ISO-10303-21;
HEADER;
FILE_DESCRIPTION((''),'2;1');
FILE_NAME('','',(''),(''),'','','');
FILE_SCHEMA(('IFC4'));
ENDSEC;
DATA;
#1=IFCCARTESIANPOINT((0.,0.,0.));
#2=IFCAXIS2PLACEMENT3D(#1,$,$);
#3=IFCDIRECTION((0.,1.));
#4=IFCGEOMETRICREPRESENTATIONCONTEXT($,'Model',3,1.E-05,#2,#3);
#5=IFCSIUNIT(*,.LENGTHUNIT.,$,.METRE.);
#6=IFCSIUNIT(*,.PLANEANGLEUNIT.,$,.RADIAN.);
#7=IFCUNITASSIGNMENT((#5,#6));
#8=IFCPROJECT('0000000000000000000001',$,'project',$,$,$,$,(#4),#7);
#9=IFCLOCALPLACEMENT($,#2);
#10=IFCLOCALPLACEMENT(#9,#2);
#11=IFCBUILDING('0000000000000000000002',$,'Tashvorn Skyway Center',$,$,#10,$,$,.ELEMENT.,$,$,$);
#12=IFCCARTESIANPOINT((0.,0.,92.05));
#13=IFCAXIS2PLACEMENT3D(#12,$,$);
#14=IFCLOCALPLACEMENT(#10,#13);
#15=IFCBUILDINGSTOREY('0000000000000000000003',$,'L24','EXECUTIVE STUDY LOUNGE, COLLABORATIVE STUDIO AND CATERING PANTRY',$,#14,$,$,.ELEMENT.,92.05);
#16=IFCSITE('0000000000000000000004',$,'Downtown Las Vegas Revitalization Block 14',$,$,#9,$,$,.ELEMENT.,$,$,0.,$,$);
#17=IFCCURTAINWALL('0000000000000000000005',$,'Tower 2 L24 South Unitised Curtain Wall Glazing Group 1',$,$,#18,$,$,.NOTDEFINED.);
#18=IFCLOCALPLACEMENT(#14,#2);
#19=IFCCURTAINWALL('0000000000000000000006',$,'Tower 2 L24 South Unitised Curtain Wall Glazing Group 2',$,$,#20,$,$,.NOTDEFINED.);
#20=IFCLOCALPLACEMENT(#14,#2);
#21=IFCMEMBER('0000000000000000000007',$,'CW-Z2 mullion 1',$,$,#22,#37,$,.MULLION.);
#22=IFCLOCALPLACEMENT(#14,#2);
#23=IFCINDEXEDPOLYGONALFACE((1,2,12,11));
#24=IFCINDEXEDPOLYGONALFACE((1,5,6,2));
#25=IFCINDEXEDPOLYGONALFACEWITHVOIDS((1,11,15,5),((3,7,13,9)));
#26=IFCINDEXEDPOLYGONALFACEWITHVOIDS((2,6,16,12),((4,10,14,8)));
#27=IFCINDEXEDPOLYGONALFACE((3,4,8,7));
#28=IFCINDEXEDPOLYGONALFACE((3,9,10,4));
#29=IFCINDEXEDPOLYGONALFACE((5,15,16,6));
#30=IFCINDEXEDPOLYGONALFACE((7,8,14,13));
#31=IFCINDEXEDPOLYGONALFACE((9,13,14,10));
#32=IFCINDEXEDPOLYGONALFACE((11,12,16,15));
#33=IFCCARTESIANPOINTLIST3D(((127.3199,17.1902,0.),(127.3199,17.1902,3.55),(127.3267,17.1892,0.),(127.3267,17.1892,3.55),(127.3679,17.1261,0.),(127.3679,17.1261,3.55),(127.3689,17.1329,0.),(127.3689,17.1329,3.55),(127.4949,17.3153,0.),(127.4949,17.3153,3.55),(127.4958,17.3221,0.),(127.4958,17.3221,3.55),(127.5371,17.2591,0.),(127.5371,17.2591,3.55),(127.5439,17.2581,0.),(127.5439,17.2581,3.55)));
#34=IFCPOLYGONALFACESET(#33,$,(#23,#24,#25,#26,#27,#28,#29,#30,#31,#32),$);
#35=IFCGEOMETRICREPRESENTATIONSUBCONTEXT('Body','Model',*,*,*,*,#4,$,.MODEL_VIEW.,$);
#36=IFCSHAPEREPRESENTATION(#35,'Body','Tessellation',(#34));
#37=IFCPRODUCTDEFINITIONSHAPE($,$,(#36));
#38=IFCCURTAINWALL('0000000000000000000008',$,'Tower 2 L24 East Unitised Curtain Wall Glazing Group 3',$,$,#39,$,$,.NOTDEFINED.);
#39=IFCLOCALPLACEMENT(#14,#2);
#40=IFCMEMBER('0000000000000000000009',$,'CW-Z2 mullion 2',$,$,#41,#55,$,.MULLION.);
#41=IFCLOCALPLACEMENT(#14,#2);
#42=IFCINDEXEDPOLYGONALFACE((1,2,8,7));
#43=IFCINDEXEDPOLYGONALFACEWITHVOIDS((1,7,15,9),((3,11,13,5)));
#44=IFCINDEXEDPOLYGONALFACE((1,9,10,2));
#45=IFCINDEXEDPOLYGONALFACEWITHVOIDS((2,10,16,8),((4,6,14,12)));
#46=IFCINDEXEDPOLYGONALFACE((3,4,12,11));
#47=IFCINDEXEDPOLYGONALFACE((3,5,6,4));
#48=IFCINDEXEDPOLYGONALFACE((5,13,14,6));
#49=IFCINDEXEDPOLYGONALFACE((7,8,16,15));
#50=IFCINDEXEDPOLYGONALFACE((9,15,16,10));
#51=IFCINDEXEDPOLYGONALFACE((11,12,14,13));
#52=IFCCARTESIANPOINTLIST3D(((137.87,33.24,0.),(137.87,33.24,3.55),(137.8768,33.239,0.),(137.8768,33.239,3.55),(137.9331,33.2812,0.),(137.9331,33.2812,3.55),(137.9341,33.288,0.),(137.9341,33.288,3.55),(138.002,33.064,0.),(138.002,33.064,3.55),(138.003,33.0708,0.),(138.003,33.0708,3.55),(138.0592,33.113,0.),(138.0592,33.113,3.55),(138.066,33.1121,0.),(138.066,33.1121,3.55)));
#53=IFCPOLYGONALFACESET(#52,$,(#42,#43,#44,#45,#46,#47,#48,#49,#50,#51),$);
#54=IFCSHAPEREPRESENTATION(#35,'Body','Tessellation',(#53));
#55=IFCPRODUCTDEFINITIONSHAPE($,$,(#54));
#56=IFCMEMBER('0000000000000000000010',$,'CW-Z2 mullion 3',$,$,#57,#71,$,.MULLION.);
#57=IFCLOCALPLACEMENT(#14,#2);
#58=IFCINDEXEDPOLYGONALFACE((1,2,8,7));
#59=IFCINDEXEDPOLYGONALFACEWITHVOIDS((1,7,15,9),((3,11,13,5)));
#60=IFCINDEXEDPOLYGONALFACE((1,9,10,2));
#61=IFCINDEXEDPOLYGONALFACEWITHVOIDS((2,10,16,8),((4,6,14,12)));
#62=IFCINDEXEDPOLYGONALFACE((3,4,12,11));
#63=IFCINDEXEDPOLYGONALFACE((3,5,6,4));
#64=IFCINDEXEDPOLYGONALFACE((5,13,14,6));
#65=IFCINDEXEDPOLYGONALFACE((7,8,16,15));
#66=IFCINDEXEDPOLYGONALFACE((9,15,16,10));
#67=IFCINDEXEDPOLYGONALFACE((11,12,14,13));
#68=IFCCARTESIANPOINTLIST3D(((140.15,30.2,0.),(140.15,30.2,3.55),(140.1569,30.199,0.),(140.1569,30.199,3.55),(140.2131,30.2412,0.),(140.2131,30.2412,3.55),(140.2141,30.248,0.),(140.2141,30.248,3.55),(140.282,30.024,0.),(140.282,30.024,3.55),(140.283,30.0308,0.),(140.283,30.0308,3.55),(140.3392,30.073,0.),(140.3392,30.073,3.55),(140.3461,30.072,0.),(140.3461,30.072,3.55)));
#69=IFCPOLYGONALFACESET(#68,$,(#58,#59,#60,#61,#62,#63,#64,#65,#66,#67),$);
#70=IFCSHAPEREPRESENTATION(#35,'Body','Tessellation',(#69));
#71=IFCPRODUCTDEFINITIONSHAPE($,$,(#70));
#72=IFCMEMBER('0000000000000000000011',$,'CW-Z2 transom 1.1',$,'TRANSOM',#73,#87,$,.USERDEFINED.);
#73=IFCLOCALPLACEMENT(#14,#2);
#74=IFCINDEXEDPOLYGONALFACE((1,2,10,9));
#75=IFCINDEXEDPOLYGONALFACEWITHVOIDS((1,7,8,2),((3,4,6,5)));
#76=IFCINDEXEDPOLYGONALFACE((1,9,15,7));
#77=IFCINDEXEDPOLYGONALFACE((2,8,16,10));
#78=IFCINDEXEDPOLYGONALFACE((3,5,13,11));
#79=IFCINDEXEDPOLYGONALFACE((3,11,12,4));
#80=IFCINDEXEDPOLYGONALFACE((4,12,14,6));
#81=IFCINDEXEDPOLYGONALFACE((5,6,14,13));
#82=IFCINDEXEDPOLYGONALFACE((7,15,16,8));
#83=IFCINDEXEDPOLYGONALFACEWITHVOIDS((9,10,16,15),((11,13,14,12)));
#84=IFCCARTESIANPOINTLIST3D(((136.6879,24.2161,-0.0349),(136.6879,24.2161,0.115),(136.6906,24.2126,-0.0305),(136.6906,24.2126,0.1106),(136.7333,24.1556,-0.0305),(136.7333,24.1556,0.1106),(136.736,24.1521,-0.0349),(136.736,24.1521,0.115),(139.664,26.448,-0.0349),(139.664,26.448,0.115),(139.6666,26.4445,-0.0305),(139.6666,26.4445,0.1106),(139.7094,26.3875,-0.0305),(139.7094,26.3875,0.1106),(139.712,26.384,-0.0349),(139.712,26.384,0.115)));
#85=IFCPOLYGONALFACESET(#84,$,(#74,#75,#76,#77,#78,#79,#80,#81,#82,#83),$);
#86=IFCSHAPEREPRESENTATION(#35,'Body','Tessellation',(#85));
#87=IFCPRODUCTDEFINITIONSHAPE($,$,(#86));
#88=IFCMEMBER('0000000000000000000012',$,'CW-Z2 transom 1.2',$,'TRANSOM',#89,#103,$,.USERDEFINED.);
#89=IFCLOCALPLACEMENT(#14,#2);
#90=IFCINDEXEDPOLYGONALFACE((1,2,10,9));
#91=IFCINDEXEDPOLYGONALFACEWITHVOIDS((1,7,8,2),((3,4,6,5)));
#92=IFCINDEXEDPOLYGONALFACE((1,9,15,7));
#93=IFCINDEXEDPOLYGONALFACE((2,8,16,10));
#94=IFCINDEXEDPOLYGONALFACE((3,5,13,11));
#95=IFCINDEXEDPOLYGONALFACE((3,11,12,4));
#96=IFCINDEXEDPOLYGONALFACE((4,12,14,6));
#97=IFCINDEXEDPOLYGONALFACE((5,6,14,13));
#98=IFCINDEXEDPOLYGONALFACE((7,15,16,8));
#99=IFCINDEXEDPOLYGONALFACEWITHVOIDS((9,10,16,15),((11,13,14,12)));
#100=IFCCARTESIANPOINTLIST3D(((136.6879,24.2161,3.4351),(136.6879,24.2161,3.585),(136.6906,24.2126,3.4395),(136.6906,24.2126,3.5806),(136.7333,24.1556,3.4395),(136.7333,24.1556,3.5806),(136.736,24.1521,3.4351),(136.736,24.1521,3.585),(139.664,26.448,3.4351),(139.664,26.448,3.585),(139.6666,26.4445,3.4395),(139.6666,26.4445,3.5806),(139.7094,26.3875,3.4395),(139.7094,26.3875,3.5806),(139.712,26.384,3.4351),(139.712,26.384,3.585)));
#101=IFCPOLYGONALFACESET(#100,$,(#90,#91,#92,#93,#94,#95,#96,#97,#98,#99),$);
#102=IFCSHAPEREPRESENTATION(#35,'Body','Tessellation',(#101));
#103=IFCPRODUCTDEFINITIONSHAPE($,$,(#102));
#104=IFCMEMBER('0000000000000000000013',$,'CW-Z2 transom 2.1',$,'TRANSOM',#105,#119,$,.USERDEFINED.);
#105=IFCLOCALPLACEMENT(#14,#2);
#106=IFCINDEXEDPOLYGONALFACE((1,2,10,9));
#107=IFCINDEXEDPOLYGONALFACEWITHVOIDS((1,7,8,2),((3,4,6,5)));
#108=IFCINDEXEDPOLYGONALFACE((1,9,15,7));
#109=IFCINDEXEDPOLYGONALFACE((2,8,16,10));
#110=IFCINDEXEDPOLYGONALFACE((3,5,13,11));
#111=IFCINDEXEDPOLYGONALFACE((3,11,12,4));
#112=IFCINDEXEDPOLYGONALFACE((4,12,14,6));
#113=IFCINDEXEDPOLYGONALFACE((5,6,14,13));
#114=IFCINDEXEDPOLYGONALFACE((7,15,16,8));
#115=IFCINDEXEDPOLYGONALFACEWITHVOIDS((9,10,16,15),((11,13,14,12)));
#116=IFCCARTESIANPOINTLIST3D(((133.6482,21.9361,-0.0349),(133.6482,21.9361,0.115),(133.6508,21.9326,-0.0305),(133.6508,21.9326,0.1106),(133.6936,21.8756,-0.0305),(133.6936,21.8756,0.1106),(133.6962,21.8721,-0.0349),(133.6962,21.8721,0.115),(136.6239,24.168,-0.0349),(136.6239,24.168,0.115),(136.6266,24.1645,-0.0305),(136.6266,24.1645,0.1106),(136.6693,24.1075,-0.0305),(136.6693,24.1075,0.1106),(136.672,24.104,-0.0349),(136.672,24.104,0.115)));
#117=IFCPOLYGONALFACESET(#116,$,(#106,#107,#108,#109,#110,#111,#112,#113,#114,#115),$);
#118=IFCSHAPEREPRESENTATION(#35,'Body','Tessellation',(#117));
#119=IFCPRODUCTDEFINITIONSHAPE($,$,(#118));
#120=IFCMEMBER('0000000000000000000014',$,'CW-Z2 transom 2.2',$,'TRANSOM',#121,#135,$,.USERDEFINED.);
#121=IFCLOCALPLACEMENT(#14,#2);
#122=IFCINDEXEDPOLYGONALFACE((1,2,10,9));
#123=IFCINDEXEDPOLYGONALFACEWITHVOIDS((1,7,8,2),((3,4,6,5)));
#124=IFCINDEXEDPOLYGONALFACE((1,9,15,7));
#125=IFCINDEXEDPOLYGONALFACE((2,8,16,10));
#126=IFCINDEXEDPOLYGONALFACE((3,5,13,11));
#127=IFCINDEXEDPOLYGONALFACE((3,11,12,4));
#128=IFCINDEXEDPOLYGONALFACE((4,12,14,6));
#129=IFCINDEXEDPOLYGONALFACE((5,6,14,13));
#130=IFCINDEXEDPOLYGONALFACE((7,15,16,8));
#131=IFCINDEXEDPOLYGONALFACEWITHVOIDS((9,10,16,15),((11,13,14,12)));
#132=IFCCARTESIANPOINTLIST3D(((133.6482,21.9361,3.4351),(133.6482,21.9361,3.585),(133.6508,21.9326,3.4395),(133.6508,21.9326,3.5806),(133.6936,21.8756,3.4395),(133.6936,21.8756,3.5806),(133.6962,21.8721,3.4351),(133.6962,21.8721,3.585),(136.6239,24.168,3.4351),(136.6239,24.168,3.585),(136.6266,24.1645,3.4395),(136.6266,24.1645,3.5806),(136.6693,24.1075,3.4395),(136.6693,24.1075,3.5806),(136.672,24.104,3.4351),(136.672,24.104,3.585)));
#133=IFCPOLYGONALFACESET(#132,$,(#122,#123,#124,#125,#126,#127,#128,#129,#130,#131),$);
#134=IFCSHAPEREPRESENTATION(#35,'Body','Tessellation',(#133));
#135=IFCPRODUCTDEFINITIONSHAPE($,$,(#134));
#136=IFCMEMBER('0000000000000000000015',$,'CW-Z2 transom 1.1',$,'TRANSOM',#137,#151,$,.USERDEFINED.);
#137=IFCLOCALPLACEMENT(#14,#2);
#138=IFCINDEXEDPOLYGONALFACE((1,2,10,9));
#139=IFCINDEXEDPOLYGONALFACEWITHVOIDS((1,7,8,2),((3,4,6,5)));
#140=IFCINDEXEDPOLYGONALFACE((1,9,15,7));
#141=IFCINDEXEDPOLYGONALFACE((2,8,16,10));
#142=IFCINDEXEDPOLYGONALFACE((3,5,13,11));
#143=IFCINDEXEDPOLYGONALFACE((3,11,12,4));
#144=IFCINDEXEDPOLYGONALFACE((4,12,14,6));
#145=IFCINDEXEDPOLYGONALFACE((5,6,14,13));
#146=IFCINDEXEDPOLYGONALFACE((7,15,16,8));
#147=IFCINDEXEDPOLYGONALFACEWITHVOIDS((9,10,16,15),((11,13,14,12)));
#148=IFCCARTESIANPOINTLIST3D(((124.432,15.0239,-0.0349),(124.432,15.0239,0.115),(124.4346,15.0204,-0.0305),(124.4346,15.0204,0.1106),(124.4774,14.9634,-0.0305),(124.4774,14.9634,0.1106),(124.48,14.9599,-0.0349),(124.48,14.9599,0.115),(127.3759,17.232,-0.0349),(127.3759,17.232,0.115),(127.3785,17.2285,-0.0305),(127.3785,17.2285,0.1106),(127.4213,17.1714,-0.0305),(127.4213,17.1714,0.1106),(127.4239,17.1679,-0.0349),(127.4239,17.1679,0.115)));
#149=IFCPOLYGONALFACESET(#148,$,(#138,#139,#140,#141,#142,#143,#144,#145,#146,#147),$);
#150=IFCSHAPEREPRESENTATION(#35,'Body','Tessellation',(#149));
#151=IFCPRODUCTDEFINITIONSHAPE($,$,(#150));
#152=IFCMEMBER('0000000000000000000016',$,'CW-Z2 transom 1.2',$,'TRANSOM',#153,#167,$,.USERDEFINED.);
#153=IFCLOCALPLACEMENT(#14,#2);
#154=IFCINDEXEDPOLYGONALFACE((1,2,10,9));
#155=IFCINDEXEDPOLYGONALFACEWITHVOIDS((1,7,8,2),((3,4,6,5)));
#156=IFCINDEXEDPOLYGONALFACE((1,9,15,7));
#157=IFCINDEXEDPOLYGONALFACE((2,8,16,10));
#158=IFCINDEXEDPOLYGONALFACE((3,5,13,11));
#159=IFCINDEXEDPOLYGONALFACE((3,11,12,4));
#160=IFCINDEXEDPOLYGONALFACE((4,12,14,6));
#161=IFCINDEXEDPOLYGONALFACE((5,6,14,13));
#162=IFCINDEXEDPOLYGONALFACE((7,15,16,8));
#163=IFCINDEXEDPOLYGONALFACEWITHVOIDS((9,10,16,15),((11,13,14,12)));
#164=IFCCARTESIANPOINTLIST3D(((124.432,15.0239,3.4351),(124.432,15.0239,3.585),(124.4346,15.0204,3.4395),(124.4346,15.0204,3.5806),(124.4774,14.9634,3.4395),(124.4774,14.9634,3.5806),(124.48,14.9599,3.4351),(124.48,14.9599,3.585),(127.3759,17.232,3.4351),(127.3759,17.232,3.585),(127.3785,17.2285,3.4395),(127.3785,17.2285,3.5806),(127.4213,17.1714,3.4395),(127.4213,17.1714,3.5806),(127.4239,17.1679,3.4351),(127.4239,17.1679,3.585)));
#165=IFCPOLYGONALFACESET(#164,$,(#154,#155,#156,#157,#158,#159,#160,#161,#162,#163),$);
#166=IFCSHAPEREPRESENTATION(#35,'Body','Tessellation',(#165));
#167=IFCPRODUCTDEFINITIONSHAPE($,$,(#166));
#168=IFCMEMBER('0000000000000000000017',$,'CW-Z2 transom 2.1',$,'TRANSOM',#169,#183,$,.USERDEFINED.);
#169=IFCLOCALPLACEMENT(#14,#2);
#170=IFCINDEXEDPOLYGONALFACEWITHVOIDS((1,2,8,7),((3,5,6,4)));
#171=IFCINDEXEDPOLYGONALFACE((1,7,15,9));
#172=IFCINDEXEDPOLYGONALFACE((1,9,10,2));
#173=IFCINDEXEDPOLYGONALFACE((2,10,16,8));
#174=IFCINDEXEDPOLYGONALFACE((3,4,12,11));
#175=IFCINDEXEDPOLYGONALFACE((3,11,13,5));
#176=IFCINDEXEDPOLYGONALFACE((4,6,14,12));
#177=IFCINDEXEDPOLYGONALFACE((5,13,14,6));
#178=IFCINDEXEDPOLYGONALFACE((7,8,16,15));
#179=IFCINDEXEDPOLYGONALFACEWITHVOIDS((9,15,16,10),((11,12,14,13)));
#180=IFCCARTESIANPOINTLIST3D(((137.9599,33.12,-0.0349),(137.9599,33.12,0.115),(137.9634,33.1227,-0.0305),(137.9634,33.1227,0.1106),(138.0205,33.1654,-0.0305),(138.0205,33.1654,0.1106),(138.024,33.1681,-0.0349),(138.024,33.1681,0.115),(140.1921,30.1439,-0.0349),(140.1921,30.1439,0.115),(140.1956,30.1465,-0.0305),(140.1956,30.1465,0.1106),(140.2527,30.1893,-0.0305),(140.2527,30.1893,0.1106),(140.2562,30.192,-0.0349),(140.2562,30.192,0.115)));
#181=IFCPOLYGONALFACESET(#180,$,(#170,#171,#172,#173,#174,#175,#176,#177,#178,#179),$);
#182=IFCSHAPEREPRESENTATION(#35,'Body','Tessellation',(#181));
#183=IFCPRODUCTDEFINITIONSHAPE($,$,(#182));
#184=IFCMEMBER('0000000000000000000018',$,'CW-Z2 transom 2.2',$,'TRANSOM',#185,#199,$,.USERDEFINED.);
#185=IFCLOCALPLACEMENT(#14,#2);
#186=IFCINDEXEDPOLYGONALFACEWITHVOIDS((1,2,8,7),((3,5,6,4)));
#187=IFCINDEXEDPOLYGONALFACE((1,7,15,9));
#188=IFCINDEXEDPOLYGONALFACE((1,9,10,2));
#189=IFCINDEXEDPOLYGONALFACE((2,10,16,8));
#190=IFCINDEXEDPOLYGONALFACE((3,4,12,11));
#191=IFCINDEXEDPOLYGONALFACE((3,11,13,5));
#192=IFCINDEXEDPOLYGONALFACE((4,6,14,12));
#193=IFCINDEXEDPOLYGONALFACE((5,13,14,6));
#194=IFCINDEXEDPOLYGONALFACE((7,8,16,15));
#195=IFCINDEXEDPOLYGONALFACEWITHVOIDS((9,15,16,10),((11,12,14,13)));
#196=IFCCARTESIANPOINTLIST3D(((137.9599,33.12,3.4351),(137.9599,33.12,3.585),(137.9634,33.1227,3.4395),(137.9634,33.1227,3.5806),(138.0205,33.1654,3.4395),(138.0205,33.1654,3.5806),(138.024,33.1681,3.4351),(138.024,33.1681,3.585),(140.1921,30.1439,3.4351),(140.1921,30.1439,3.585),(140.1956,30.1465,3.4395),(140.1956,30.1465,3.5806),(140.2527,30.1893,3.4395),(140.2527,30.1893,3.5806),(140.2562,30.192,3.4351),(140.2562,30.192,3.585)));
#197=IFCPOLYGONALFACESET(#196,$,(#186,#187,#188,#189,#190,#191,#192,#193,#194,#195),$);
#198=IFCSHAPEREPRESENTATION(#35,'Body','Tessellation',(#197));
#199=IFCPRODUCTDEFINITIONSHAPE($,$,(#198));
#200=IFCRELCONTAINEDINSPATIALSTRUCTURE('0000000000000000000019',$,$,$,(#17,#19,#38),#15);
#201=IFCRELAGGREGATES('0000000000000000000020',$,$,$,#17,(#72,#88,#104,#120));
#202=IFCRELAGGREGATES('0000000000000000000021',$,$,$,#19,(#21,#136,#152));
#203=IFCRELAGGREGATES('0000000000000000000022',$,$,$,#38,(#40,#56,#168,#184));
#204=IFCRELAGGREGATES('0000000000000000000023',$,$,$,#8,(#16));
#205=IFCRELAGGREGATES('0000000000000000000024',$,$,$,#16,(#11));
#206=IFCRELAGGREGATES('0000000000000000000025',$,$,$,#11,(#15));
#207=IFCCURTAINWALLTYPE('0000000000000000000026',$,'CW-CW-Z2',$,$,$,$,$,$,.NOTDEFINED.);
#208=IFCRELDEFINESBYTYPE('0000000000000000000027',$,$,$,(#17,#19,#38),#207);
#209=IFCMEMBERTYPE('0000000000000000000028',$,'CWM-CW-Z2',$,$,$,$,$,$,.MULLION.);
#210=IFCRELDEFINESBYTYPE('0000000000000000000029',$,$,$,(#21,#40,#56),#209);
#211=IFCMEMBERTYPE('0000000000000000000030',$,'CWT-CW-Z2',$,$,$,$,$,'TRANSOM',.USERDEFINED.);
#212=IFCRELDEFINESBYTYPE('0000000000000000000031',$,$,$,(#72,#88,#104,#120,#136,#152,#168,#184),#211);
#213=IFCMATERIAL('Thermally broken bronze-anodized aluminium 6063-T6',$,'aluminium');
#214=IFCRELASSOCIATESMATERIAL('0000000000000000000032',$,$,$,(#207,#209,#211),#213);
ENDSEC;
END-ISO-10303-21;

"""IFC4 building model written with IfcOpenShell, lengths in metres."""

from ifc_helpers import new_model, si_unit, direction, frame, origin, origin_2d, place, context, subcontext, project, spatial, hollow_rectangle, extrude, material, material_profile, profile_set, type_object, element, aggregate, save


model = new_model("IFC4")

# Units and contexts
model_context = context("Model", 3, precision=1e-05, world=origin(), true_north=direction((0.0, 1.0)))
body_context = subcontext(model_context, "Body", "Model", "MODEL_VIEW")
ifc_project = project(units=[si_unit("LENGTHUNIT", "METRE"), si_unit("PLANEANGLEUNIT", "RADIAN")], contexts=[model_context])

# Site, building, storey
site_placement = place(None, origin())
site = spatial("IfcSite", under=ifc_project, at=site_placement, Name="Downtown Las Vegas Revitalization Block 14", CompositionType="ELEMENT", RefElevation=0.0)
building_placement = place(site_placement, origin())
building = spatial("IfcBuilding", under=site, at=building_placement, Name="Tashvorn Skyway Center", CompositionType="ELEMENT")
storey_placement = place(building_placement, frame((0.0, 0.0, 92.05)))
storey = spatial("IfcBuildingStorey", under=building, at=storey_placement, Name="L24", Description="EXECUTIVE STUDY LOUNGE, COLLABORATIVE STUDIO AND CATERING PANTRY", CompositionType="ELEMENT", Elevation=92.05)

# Curtain wall
ifc_material_1 = material(Name="Thermally broken bronze-anodized aluminium 6063-T6", Category="aluminium")
curtain_wall_type = type_object("IfcCurtainWallType", Name="CW-CW-Z2", PredefinedType="NOTDEFINED", material=ifc_material_1)
curtain_wall_1_placement = place(storey_placement, origin())
curtain_wall_1 = element("IfcCurtainWall", 1, at=curtain_wall_1_placement, inside=storey, type_object=curtain_wall_type, Name="Tower 2 L24 South Unitised Curtain Wall Glazing Group 1", PredefinedType="NOTDEFINED")
ifc_material_profile_1 = material_profile(ifc_material_1, hollow_rectangle(XDim=0.0801, YDim=0.22, WallThickness=0.0049, at=origin_2d()), Name="ALU-MULL-80x220")
ifc_profile_set_1 = profile_set([ifc_material_profile_1], Name="Thermally broken bronze-anodized aluminium 6063-T6")
member_type_1 = type_object("IfcMemberType", Name="CWM-CW-Z2", PredefinedType="MULLION", material=ifc_profile_set_1)

# Curtain wall, member
curtain_wall_2_placement = place(storey_placement, origin())
curtain_wall_2 = element("IfcCurtainWall", 2, at=curtain_wall_2_placement, inside=storey, type_object=curtain_wall_type, Name="Tower 2 L24 South Unitised Curtain Wall Glazing Group 2", PredefinedType="NOTDEFINED")
member_1_placement = place(storey_placement, frame((127.4319, 17.2241, 0.0), z_axis=(0.0, 0.0, 1.0), x_axis=(0.6, -0.8, 0.0)))
member_1 = element("IfcMember", 3, at=member_1_placement, type_object=member_type_1, Name="CW-Z2 mullion 1", PredefinedType="MULLION", context=body_context, shape_type="SweptSolid", body=[
    extrude(hollow_rectangle(XDim=0.0801, YDim=0.22, WallThickness=0.0049, at=origin_2d()), origin(), (0.0, 0.0, 1.0), 3.55),
])

# Curtain wall, members
curtain_wall_3_placement = place(storey_placement, origin())
curtain_wall_3 = element("IfcCurtainWall", 4, at=curtain_wall_3_placement, inside=storey, type_object=curtain_wall_type, Name="Tower 2 L24 East Unitised Curtain Wall Glazing Group 3", PredefinedType="NOTDEFINED")
member_2_placement = place(storey_placement, frame((137.968, 33.176, 0.0), z_axis=(0.0, 0.0, 1.0), x_axis=(0.8, 0.6, 0.0)))
member_2 = element("IfcMember", 5, at=member_2_placement, type_object=member_type_1, Name="CW-Z2 mullion 2", PredefinedType="MULLION", context=body_context, shape_type="SweptSolid", body=[
    extrude(hollow_rectangle(XDim=0.0801, YDim=0.22, WallThickness=0.0049, at=origin_2d()), origin(), (0.0, 0.0, 1.0), 3.55),
])
member_3_placement = place(storey_placement, frame((140.248, 30.136, 0.0), z_axis=(0.0, 0.0, 1.0), x_axis=(0.8, 0.6, 0.0)))
member_3 = element("IfcMember", 6, at=member_3_placement, type_object=member_type_1, Name="CW-Z2 mullion 3", PredefinedType="MULLION", context=body_context, shape_type="SweptSolid", body=[
    extrude(hollow_rectangle(XDim=0.0801, YDim=0.22, WallThickness=0.0049, at=origin_2d()), origin(), (0.0, 0.0, 1.0), 3.55),
])

# Members
ifc_material_profile_2 = material_profile(ifc_material_1, hollow_rectangle(XDim=0.0801, YDim=0.1499, WallThickness=0.0044, at=origin_2d()), Name="ALU-TRAN-80x150")
ifc_profile_set_2 = profile_set([ifc_material_profile_2], Name="Thermally broken bronze-anodized aluminium 6063-T6")
member_type_2 = type_object("IfcMemberType", Name="CWT-CW-Z2", ElementType="TRANSOM", PredefinedType="USERDEFINED", material=ifc_profile_set_2)
member_4_placement = place(storey_placement, frame((139.688, 26.416, 0.04), z_axis=(-0.800016, -0.599979, 0.0), x_axis=(0.599979, -0.800016, 0.0)))
member_4 = element("IfcMember", 7, at=member_4_placement, type_object=member_type_2, Name="CW-Z2 transom 1.1", ObjectType="TRANSOM", PredefinedType="USERDEFINED", context=body_context, shape_type="SweptSolid", body=[
    extrude(hollow_rectangle(XDim=0.0801, YDim=0.1499, WallThickness=0.0044, at=origin_2d()), origin(), (0.0, 0.0, 1.0), 3.72),
])
member_5_placement = place(storey_placement, frame((139.688, 26.416, 3.51), z_axis=(-0.800016, -0.599979, 0.0), x_axis=(0.599979, -0.800016, 0.0)))
member_5 = element("IfcMember", 8, at=member_5_placement, type_object=member_type_2, Name="CW-Z2 transom 1.2", ObjectType="TRANSOM", PredefinedType="USERDEFINED", context=body_context, shape_type="SweptSolid", body=[
    extrude(hollow_rectangle(XDim=0.0801, YDim=0.1499, WallThickness=0.0044, at=origin_2d()), origin(), (0.0, 0.0, 1.0), 3.72),
])
member_6_placement = place(storey_placement, frame((136.6479, 24.136, 0.04), z_axis=(-0.799992, -0.600011, 0.0), x_axis=(0.600011, -0.799992, 0.0)))
member_6 = element("IfcMember", 9, at=member_6_placement, type_object=member_type_2, Name="CW-Z2 transom 2.1", ObjectType="TRANSOM", PredefinedType="USERDEFINED", context=body_context, shape_type="SweptSolid", body=[
    extrude(hollow_rectangle(XDim=0.0801, YDim=0.1499, WallThickness=0.0044, at=origin_2d()), origin(), (0.0, 0.0, 1.0), 3.7197),
])
member_7_placement = place(storey_placement, frame((136.6479, 24.136, 3.51), z_axis=(-0.799992, -0.600011, 0.0), x_axis=(0.600011, -0.799992, 0.0)))
member_7 = element("IfcMember", 10, at=member_7_placement, type_object=member_type_2, Name="CW-Z2 transom 2.2", ObjectType="TRANSOM", PredefinedType="USERDEFINED", context=body_context, shape_type="SweptSolid", body=[
    extrude(hollow_rectangle(XDim=0.0801, YDim=0.1499, WallThickness=0.0044, at=origin_2d()), origin(), (0.0, 0.0, 1.0), 3.7197),
])
member_8_placement = place(storey_placement, frame((127.3999, 17.2, 0.04), z_axis=(-0.799984, -0.600021, 0.0), x_axis=(0.600021, -0.799984, 0.0)))
member_8 = element("IfcMember", 11, at=member_8_placement, type_object=member_type_2, Name="CW-Z2 transom 1.1", ObjectType="TRANSOM", PredefinedType="USERDEFINED", context=body_context, shape_type="SweptSolid", body=[
    extrude(hollow_rectangle(XDim=0.0801, YDim=0.1499, WallThickness=0.0044, at=origin_2d()), origin(), (0.0, 0.0, 1.0), 3.6799),
])
member_9_placement = place(storey_placement, frame((127.3999, 17.2, 3.51), z_axis=(-0.799984, -0.600021, 0.0), x_axis=(0.600021, -0.799984, 0.0)))
member_9 = element("IfcMember", 12, at=member_9_placement, type_object=member_type_2, Name="CW-Z2 transom 1.2", ObjectType="TRANSOM", PredefinedType="USERDEFINED", context=body_context, shape_type="SweptSolid", body=[
    extrude(hollow_rectangle(XDim=0.0801, YDim=0.1499, WallThickness=0.0044, at=origin_2d()), origin(), (0.0, 0.0, 1.0), 3.6799),
])
member_10_placement = place(storey_placement, frame((137.9919, 33.144, 0.04), z_axis=(0.600021, -0.799984, 0.0), x_axis=(0.799984, 0.600021, 0.0)))
member_10 = element("IfcMember", 13, at=member_10_placement, type_object=member_type_2, Name="CW-Z2 transom 2.1", ObjectType="TRANSOM", PredefinedType="USERDEFINED", context=body_context, shape_type="SweptSolid", body=[
    extrude(hollow_rectangle(XDim=0.0801, YDim=0.1499, WallThickness=0.0044, at=origin_2d()), origin(), (0.0, 0.0, 1.0), 3.7202),
])
member_11_placement = place(storey_placement, frame((137.9919, 33.144, 3.51), z_axis=(0.600021, -0.799984, 0.0), x_axis=(0.799984, 0.600021, 0.0)))
member_11 = element("IfcMember", 14, at=member_11_placement, type_object=member_type_2, Name="CW-Z2 transom 2.2", ObjectType="TRANSOM", PredefinedType="USERDEFINED", context=body_context, shape_type="SweptSolid", body=[
    extrude(hollow_rectangle(XDim=0.0801, YDim=0.1499, WallThickness=0.0044, at=origin_2d()), origin(), (0.0, 0.0, 1.0), 3.7202),
])

aggregate(curtain_wall_1, [member_4, member_5, member_6, member_7])
aggregate(curtain_wall_2, [member_1, member_8, member_9])
aggregate(curtain_wall_3, [member_2, member_3, member_10, member_11])

save(model, "model.ifc")
